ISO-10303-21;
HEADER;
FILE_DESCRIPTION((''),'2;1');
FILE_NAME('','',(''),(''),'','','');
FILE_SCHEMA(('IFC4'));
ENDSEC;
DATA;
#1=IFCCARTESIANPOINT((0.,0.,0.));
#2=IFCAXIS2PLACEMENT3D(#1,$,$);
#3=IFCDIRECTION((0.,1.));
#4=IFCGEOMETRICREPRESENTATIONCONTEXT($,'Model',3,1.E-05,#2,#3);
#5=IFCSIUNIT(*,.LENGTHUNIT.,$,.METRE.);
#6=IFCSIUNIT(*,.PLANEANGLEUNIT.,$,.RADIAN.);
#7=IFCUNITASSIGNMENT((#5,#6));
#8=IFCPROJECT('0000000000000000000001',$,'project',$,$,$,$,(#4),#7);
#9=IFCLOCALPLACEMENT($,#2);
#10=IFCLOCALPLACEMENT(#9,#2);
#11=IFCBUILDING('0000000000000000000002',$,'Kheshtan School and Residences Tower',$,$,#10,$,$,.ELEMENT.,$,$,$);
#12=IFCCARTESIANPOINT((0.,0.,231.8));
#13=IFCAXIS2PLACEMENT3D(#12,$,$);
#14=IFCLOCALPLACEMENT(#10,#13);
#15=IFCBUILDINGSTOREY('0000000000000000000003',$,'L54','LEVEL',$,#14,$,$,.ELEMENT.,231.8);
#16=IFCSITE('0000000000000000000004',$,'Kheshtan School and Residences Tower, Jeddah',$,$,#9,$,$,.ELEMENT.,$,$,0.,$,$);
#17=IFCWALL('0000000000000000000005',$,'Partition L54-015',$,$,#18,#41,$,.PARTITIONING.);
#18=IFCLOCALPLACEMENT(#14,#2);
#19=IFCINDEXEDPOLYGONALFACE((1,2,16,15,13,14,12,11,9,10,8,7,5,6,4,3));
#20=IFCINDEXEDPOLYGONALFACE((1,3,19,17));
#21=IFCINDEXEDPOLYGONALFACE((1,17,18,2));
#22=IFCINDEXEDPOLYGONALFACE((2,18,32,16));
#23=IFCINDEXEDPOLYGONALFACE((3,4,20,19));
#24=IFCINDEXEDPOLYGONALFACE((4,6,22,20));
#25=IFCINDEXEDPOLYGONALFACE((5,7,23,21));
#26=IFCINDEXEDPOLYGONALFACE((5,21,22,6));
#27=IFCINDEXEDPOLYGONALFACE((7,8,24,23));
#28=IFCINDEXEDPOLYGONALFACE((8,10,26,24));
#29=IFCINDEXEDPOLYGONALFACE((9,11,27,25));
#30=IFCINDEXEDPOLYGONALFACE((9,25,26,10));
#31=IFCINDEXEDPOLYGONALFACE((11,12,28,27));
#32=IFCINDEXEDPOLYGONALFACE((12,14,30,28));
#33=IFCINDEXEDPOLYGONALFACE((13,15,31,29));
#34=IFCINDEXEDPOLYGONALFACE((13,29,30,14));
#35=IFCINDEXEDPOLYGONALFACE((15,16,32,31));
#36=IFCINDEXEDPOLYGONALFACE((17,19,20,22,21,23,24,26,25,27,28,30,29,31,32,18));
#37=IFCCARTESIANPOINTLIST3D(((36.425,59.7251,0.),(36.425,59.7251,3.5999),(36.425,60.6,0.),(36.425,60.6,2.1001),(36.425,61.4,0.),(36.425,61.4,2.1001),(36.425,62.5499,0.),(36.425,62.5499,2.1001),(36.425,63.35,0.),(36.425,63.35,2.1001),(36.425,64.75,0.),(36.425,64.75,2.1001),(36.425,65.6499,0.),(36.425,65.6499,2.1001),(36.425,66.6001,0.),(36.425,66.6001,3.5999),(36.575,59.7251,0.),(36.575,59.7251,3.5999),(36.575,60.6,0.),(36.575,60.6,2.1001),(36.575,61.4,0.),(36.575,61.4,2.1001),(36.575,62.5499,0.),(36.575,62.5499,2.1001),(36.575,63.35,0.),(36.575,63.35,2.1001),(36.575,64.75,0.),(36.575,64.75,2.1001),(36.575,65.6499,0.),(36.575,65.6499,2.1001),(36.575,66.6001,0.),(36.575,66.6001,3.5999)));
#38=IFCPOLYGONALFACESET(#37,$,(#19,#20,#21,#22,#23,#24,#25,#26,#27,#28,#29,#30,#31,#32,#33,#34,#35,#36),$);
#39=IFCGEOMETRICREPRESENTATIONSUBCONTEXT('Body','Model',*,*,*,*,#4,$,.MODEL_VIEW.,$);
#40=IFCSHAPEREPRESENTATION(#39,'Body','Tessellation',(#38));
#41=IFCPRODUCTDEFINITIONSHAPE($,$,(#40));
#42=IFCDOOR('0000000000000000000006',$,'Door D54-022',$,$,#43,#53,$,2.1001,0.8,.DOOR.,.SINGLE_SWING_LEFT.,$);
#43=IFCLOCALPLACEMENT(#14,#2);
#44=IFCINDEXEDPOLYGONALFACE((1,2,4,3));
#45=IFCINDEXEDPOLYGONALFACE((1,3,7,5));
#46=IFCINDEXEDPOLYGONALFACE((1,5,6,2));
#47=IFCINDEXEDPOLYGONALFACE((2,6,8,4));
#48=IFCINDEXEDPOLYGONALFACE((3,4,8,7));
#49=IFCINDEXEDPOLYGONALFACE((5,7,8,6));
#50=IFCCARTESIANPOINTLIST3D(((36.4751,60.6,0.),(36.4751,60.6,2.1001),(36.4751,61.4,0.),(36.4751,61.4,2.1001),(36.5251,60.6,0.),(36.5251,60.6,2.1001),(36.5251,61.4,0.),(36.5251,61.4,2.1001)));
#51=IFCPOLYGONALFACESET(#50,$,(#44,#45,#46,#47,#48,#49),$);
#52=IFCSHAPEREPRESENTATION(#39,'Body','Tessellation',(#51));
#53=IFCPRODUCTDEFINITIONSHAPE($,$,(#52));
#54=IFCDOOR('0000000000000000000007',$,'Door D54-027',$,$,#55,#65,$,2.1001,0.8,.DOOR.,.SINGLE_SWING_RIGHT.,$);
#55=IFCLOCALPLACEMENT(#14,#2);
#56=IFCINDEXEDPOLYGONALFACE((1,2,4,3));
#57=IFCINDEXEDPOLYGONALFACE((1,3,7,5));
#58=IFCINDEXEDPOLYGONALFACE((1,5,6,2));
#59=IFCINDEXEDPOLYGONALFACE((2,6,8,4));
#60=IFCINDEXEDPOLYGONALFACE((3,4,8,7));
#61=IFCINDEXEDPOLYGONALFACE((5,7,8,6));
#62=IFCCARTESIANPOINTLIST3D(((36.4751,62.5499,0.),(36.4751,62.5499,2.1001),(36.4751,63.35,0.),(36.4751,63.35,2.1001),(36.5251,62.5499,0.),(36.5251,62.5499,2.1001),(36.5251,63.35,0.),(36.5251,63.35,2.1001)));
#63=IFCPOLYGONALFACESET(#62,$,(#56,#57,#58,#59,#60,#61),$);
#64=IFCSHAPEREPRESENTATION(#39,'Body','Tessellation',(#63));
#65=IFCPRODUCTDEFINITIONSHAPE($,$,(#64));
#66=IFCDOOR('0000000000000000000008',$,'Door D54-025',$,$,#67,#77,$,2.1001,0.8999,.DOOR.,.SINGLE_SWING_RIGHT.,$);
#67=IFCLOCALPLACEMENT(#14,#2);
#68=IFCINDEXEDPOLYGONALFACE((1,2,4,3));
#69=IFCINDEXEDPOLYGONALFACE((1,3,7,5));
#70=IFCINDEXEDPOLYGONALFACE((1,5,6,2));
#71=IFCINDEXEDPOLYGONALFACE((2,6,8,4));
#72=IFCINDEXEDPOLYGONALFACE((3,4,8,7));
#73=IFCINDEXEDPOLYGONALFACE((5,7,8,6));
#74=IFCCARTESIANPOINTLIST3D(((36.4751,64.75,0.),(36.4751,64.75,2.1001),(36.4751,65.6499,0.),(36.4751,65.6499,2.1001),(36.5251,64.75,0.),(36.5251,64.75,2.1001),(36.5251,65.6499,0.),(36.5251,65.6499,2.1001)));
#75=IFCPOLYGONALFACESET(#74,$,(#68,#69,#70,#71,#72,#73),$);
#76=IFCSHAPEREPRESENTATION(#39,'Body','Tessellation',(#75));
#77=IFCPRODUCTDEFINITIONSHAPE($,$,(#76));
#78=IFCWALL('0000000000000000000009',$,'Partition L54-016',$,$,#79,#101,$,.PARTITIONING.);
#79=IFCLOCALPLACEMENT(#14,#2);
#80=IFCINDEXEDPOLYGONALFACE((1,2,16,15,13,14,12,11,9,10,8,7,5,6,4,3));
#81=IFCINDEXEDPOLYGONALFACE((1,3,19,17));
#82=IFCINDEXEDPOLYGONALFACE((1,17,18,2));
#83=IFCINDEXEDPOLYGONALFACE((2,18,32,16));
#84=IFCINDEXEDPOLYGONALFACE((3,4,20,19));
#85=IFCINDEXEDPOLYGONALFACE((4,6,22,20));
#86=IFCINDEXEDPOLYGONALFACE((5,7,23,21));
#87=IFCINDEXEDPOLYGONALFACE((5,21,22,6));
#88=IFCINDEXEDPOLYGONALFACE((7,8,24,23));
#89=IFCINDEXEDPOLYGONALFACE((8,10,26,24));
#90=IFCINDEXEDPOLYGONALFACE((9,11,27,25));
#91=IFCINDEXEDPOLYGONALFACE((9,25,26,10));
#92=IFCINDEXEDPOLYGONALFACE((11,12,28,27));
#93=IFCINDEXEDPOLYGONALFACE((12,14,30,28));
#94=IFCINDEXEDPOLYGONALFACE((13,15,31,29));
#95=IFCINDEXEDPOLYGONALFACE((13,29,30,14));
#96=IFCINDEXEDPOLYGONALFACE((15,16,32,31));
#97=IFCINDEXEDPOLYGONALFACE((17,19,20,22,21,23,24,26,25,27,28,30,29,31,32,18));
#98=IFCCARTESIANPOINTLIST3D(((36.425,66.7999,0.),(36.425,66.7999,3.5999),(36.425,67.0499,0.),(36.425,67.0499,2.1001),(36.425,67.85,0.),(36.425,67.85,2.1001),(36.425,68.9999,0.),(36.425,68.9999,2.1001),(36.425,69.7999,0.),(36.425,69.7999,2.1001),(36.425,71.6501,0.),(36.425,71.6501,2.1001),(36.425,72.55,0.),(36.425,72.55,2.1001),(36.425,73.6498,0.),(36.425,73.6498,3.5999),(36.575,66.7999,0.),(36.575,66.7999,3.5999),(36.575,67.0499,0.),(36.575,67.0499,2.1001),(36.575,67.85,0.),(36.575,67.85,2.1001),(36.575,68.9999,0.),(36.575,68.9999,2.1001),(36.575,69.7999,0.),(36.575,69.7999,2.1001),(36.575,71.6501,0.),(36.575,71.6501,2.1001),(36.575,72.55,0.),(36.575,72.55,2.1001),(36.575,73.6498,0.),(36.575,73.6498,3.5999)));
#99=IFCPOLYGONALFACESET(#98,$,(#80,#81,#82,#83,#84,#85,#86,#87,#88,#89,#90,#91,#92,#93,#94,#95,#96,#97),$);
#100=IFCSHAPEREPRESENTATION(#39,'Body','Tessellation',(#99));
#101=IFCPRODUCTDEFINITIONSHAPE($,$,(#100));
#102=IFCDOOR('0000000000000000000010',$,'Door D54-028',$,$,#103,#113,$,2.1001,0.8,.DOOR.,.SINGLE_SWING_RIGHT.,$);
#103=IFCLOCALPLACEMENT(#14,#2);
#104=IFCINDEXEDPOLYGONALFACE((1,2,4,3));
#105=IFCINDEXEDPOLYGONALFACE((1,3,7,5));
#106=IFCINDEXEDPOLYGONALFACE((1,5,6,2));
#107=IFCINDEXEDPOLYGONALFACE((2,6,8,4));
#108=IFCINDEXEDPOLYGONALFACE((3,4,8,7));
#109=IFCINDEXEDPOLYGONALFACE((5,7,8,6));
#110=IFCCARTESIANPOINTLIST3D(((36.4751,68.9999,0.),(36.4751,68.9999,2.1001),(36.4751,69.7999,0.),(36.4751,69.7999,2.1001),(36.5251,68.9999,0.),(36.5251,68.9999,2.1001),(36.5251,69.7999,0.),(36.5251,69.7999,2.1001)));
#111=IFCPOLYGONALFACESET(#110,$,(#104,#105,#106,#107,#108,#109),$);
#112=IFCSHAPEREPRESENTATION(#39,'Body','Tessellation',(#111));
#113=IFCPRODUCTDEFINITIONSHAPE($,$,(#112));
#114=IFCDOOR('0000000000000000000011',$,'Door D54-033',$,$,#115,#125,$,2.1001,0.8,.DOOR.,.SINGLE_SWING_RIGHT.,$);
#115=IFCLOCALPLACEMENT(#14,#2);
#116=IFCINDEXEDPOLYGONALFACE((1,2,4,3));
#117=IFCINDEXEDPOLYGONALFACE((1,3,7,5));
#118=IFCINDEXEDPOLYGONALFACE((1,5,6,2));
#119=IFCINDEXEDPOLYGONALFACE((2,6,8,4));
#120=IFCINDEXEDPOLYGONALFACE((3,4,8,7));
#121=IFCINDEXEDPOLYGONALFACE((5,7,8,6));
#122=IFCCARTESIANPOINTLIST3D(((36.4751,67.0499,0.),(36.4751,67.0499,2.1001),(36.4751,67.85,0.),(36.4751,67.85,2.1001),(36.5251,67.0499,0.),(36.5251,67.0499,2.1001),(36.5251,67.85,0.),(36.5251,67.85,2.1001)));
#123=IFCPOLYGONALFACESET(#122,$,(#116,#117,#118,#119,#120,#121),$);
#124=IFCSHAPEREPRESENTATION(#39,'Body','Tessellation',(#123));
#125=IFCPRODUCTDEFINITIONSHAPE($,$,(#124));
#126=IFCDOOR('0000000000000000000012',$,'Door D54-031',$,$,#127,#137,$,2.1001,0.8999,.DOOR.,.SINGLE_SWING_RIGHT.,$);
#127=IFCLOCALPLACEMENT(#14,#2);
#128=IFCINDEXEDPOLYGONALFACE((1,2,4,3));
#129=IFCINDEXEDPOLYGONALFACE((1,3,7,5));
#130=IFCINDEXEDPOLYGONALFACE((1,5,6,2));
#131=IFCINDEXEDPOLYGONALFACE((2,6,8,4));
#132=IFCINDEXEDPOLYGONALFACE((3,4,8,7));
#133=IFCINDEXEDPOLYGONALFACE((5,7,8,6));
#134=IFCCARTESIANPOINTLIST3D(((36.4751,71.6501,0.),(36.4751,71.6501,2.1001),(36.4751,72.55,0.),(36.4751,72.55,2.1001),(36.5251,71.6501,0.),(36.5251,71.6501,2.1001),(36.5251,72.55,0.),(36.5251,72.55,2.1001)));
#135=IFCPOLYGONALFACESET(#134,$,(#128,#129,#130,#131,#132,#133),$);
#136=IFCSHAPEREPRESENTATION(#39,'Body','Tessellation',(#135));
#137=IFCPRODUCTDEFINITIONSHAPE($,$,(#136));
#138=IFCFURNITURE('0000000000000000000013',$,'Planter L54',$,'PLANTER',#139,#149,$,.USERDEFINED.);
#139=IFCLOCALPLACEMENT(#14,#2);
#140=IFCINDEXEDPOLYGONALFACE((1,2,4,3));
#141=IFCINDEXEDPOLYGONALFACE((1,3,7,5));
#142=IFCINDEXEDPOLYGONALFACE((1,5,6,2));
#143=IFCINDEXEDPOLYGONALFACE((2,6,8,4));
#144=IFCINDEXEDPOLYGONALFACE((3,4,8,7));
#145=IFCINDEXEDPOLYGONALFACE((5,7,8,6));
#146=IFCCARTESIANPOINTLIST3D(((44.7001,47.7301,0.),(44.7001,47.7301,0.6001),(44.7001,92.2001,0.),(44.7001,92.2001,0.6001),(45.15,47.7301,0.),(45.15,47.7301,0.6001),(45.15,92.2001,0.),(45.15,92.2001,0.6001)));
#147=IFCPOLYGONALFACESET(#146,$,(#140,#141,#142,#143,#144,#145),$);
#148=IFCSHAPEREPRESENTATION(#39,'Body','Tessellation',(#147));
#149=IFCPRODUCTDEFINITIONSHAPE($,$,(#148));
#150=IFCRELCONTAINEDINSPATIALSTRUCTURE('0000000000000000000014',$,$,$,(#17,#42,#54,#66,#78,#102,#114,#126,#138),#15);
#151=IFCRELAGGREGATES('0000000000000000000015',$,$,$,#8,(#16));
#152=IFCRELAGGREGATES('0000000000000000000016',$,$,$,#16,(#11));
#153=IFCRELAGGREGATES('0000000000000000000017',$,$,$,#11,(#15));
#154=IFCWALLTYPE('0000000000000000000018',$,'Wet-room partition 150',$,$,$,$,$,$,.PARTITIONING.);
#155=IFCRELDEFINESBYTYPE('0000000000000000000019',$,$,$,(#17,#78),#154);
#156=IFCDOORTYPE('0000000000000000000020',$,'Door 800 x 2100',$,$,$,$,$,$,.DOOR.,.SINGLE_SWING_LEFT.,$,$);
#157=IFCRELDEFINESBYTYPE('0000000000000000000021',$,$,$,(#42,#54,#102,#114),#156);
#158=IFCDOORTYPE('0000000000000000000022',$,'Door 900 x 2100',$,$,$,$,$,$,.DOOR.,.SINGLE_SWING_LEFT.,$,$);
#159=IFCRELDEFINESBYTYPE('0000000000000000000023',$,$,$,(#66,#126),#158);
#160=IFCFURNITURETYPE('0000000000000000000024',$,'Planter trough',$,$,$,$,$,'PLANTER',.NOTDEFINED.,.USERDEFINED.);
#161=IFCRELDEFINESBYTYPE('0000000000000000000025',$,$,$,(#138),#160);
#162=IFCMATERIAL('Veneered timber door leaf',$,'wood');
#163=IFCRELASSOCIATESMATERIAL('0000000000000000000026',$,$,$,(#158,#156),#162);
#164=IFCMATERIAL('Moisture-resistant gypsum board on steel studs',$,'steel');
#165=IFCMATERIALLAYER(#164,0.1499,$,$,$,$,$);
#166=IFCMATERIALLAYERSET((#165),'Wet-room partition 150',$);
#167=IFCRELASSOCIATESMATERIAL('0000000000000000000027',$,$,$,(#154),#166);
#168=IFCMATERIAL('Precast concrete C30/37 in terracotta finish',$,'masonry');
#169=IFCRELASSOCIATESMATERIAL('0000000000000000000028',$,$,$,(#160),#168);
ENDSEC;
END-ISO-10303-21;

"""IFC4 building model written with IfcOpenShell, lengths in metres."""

from ifc_helpers import new_model, si_unit, direction, frame, frame_2d, origin, origin_2d, place, context, subcontext, project, spatial, rectangle, extrude, source, transform, mapped, material, layer, layer_set, type_object, element, fill, save


model = new_model("IFC4")

# Units and contexts
model_context = context("Model", 3, precision=1e-05, world=origin(), true_north=direction((0.0, 1.0)))
body_context = subcontext(model_context, "Body", "Model", "MODEL_VIEW")
ifc_project = project(units=[si_unit("LENGTHUNIT", "METRE"), si_unit("PLANEANGLEUNIT", "RADIAN")], contexts=[model_context])

# Site, building, storey
site_placement = place(None, origin())
site = spatial("IfcSite", under=ifc_project, at=site_placement, Name="Kheshtan School and Residences Tower, Jeddah", CompositionType="ELEMENT", RefElevation=0.0)
building_placement = place(site_placement, origin())
building = spatial("IfcBuilding", under=site, at=building_placement, Name="Kheshtan School and Residences Tower", CompositionType="ELEMENT")
storey_placement = place(building_placement, frame((0.0, 0.0, 231.8)))
storey = spatial("IfcBuildingStorey", under=building, at=storey_placement, Name="L54", Description="LEVEL", CompositionType="ELEMENT", Elevation=231.8)

# Shared definitions
ifc_material_1 = material(Name="Veneered timber door leaf", Category="wood")
door_type_1 = type_object("IfcDoorType", Name="Door 900 x 2100", OperationType="SINGLE_SWING_LEFT", PredefinedType="DOOR", material=ifc_material_1)
shared_shape_1 = source(origin(), body_context, "Body", "SweptSolid", [
    extrude(rectangle(XDim=0.8999, YDim=2.1001, at=frame_2d((0.45, 1.05))), frame((0.0, 0.0249, 0.0), z_axis=(0.0, -1.0, 0.0), x_axis=(1.0, 0.0, 0.0)), (0.0, 0.0, 1.0), 0.05),
])

# Shared definitions
ifc_material_2 = material(Name="Moisture-resistant gypsum board on steel studs", Category="steel")
ifc_layer_1 = layer(ifc_material_2, 0.1499)
ifc_layer_set_1 = layer_set([ifc_layer_1], Name="Wet-room partition 150")
wall_type_1 = type_object("IfcWallType", Name="Wet-room partition 150", PredefinedType="PARTITIONING", material=ifc_layer_set_1)

# Walls, openings, doors
wall_1_placement = place(storey_placement, frame((36.5, 59.7251, 0.0), z_axis=(0.0, 0.0, 1.0), x_axis=(0.0, 1.0, 0.0)))
wall_1 = element("IfcWall", 1, at=wall_1_placement, inside=storey, type_object=wall_type_1, Name="Partition L54-015", PredefinedType="PARTITIONING", context=body_context, shape_type="SweptSolid", body=[
    extrude(rectangle(XDim=6.875, YDim=0.1499, at=frame_2d((3.4375, 0.0))), origin(), (0.0, 0.0, 1.0), 3.5999),
])
opening_1_placement = place(wall_1_placement, frame((0.875, 0.0, 0.0)))
opening_1 = element("IfcOpeningElement", 2, at=opening_1_placement, cuts=wall_1, PredefinedType="OPENING", context=body_context, shape_type="SweptSolid", body=[
    extrude(rectangle(XDim=0.8, YDim=2.1001, at=frame_2d((0.3999, 1.05))), frame((0.0, 0.085, 0.0), z_axis=(0.0, -1.0, 0.0), x_axis=(1.0, 0.0, 0.0)), (0.0, 0.0, 1.0), 0.1699),
])
opening_2_placement = place(wall_1_placement, frame((5.0249, 0.0, 0.0)))
opening_2 = element("IfcOpeningElement", 3, at=opening_2_placement, cuts=wall_1, PredefinedType="OPENING", context=body_context, shape_type="SweptSolid", body=[
    extrude(rectangle(XDim=0.8999, YDim=2.1001, at=frame_2d((0.45, 1.05))), frame((0.0, 0.085, 0.0), z_axis=(0.0, -1.0, 0.0), x_axis=(1.0, 0.0, 0.0)), (0.0, 0.0, 1.0), 0.1699),
])
opening_3_placement = place(wall_1_placement, frame((2.825, 0.0, 0.0)))
opening_3 = element("IfcOpeningElement", 4, at=opening_3_placement, cuts=wall_1, PredefinedType="OPENING", context=body_context, shape_type="SweptSolid", body=[
    extrude(rectangle(XDim=0.8, YDim=2.1001, at=frame_2d((0.3999, 1.05))), frame((0.0, 0.085, 0.0), z_axis=(0.0, -1.0, 0.0), x_axis=(1.0, 0.0, 0.0)), (0.0, 0.0, 1.0), 0.1699),
])
door_type_2 = type_object("IfcDoorType", Name="Door 800 x 2100", OperationType="SINGLE_SWING_LEFT", PredefinedType="DOOR", material=ifc_material_1)
shared_shape_2 = source(origin(), body_context, "Body", "SweptSolid", [
    extrude(rectangle(XDim=0.8, YDim=2.1001, at=frame_2d((0.3999, 1.05))), frame((0.0, 0.0249, 0.0), z_axis=(0.0, -1.0, 0.0), x_axis=(1.0, 0.0, 0.0)), (0.0, 0.0, 1.0), 0.05),
])
door_1_placement = place(opening_1_placement, origin())
door_1 = element("IfcDoor", 5, at=door_1_placement, inside=storey, type_object=door_type_2, Name="Door D54-022", OperationType="SINGLE_SWING_LEFT", OverallHeight=2.1001, OverallWidth=0.8, PredefinedType="DOOR", context=body_context, shape_type="MappedRepresentation", body=[
    mapped(shared_shape_2, transform((0.0, 0.0, 0.0), x_axis=(1.0, 0.0, 0.0), y_axis=(0.0, 1.0, 0.0), z_axis=(0.0, 0.0, 1.0), scale=1.0)),
])
fill(opening_1, door_1)
door_2_placement = place(opening_3_placement, origin())
door_2 = element("IfcDoor", 6, at=door_2_placement, inside=storey, type_object=door_type_2, Name="Door D54-027", OperationType="SINGLE_SWING_RIGHT", OverallHeight=2.1001, OverallWidth=0.8, PredefinedType="DOOR", context=body_context, shape_type="MappedRepresentation", body=[
    mapped(shared_shape_2, transform((0.0, 0.0, 0.0), x_axis=(1.0, 0.0, 0.0), y_axis=(0.0, 1.0, 0.0), z_axis=(0.0, 0.0, 1.0), scale=1.0)),
])
fill(opening_3, door_2)
door_3_placement = place(opening_2_placement, origin())
door_3 = element("IfcDoor", 7, at=door_3_placement, inside=storey, type_object=door_type_1, Name="Door D54-025", OperationType="SINGLE_SWING_RIGHT", OverallHeight=2.1001, OverallWidth=0.8999, PredefinedType="DOOR", context=body_context, shape_type="MappedRepresentation", body=[
    mapped(shared_shape_1, transform((0.0, 0.0, 0.0), x_axis=(1.0, 0.0, 0.0), y_axis=(0.0, 1.0, 0.0), z_axis=(0.0, 0.0, 1.0), scale=1.0)),
])
fill(opening_2, door_3)
wall_2_placement = place(storey_placement, frame((36.5, 66.8, 0.0), z_axis=(0.0, 0.0, 1.0), x_axis=(0.0, 1.0, 0.0)))
wall_2 = element("IfcWall", 8, at=wall_2_placement, inside=storey, type_object=wall_type_1, Name="Partition L54-016", PredefinedType="PARTITIONING", context=body_context, shape_type="SweptSolid", body=[
    extrude(rectangle(XDim=6.8499, YDim=0.1499, at=frame_2d((3.4248, 0.0))), origin(), (0.0, 0.0, 1.0), 3.5999),
])
opening_4_placement = place(wall_2_placement, frame((2.2, 0.0, 0.0)))
opening_4 = element("IfcOpeningElement", 9, at=opening_4_placement, cuts=wall_2, PredefinedType="OPENING", context=body_context, shape_type="SweptSolid", body=[
    extrude(rectangle(XDim=0.8, YDim=2.1001, at=frame_2d((0.3999, 1.05))), frame((0.0, 0.085, 0.0), z_axis=(0.0, -1.0, 0.0), x_axis=(1.0, 0.0, 0.0)), (0.0, 0.0, 1.0), 0.1699),
])
opening_5_placement = place(wall_2_placement, frame((4.8501, 0.0, 0.0)))
opening_5 = element("IfcOpeningElement", 10, at=opening_5_placement, cuts=wall_2, PredefinedType="OPENING", context=body_context, shape_type="SweptSolid", body=[
    extrude(rectangle(XDim=0.8999, YDim=2.1001, at=frame_2d((0.45, 1.05))), frame((0.0, 0.085, 0.0), z_axis=(0.0, -1.0, 0.0), x_axis=(1.0, 0.0, 0.0)), (0.0, 0.0, 1.0), 0.1699),
])
opening_6_placement = place(wall_2_placement, frame((0.25, 0.0, 0.0)))
opening_6 = element("IfcOpeningElement", 11, at=opening_6_placement, cuts=wall_2, PredefinedType="OPENING", context=body_context, shape_type="SweptSolid", body=[
    extrude(rectangle(XDim=0.8, YDim=2.1001, at=frame_2d((0.3999, 1.05))), frame((0.0, 0.085, 0.0), z_axis=(0.0, -1.0, 0.0), x_axis=(1.0, 0.0, 0.0)), (0.0, 0.0, 1.0), 0.1699),
])
door_4_placement = place(opening_4_placement, origin())
door_4 = element("IfcDoor", 12, at=door_4_placement, inside=storey, type_object=door_type_2, Name="Door D54-028", OperationType="SINGLE_SWING_RIGHT", OverallHeight=2.1001, OverallWidth=0.8, PredefinedType="DOOR", context=body_context, shape_type="MappedRepresentation", body=[
    mapped(shared_shape_2, transform((0.0, 0.0, 0.0), x_axis=(1.0, 0.0, 0.0), y_axis=(0.0, 1.0, 0.0), z_axis=(0.0, 0.0, 1.0), scale=1.0)),
])
fill(opening_4, door_4)
door_5_placement = place(opening_6_placement, origin())
door_5 = element("IfcDoor", 13, at=door_5_placement, inside=storey, type_object=door_type_2, Name="Door D54-033", OperationType="SINGLE_SWING_RIGHT", OverallHeight=2.1001, OverallWidth=0.8, PredefinedType="DOOR", context=body_context, shape_type="MappedRepresentation", body=[
    mapped(shared_shape_2, transform((0.0, 0.0, 0.0), x_axis=(1.0, 0.0, 0.0), y_axis=(0.0, 1.0, 0.0), z_axis=(0.0, 0.0, 1.0), scale=1.0)),
])
fill(opening_6, door_5)
door_6_placement = place(opening_5_placement, origin())
door_6 = element("IfcDoor", 14, at=door_6_placement, inside=storey, type_object=door_type_1, Name="Door D54-031", OperationType="SINGLE_SWING_RIGHT", OverallHeight=2.1001, OverallWidth=0.8999, PredefinedType="DOOR", context=body_context, shape_type="MappedRepresentation", body=[
    mapped(shared_shape_1, transform((0.0, 0.0, 0.0), x_axis=(1.0, 0.0, 0.0), y_axis=(0.0, 1.0, 0.0), z_axis=(0.0, 0.0, 1.0), scale=1.0)),
])
fill(opening_5, door_6)

# Furniture
ifc_material_3 = material(Name="Precast concrete C30/37 in terracotta finish", Category="masonry")
furniture_type = type_object("IfcFurnitureType", Name="Planter trough", ElementType="PLANTER", AssemblyPlace="NOTDEFINED", PredefinedType="USERDEFINED", material=ifc_material_3)
furniture_placement = place(storey_placement, frame((44.925, 69.9651, 0.0), z_axis=(0.0, 0.0, 1.0), x_axis=(0.0, -1.0, 0.0)))
element("IfcFurniture", 15, at=furniture_placement, inside=storey, type_object=furniture_type, Name="Planter L54", ObjectType="PLANTER", PredefinedType="USERDEFINED", context=body_context, shape_type="SweptSolid", body=[
    extrude(rectangle(XDim=44.47, YDim=0.45, at=origin_2d()), origin(), (0.0, 0.0, 1.0), 0.6001),
])

save(model, "model.ifc")
